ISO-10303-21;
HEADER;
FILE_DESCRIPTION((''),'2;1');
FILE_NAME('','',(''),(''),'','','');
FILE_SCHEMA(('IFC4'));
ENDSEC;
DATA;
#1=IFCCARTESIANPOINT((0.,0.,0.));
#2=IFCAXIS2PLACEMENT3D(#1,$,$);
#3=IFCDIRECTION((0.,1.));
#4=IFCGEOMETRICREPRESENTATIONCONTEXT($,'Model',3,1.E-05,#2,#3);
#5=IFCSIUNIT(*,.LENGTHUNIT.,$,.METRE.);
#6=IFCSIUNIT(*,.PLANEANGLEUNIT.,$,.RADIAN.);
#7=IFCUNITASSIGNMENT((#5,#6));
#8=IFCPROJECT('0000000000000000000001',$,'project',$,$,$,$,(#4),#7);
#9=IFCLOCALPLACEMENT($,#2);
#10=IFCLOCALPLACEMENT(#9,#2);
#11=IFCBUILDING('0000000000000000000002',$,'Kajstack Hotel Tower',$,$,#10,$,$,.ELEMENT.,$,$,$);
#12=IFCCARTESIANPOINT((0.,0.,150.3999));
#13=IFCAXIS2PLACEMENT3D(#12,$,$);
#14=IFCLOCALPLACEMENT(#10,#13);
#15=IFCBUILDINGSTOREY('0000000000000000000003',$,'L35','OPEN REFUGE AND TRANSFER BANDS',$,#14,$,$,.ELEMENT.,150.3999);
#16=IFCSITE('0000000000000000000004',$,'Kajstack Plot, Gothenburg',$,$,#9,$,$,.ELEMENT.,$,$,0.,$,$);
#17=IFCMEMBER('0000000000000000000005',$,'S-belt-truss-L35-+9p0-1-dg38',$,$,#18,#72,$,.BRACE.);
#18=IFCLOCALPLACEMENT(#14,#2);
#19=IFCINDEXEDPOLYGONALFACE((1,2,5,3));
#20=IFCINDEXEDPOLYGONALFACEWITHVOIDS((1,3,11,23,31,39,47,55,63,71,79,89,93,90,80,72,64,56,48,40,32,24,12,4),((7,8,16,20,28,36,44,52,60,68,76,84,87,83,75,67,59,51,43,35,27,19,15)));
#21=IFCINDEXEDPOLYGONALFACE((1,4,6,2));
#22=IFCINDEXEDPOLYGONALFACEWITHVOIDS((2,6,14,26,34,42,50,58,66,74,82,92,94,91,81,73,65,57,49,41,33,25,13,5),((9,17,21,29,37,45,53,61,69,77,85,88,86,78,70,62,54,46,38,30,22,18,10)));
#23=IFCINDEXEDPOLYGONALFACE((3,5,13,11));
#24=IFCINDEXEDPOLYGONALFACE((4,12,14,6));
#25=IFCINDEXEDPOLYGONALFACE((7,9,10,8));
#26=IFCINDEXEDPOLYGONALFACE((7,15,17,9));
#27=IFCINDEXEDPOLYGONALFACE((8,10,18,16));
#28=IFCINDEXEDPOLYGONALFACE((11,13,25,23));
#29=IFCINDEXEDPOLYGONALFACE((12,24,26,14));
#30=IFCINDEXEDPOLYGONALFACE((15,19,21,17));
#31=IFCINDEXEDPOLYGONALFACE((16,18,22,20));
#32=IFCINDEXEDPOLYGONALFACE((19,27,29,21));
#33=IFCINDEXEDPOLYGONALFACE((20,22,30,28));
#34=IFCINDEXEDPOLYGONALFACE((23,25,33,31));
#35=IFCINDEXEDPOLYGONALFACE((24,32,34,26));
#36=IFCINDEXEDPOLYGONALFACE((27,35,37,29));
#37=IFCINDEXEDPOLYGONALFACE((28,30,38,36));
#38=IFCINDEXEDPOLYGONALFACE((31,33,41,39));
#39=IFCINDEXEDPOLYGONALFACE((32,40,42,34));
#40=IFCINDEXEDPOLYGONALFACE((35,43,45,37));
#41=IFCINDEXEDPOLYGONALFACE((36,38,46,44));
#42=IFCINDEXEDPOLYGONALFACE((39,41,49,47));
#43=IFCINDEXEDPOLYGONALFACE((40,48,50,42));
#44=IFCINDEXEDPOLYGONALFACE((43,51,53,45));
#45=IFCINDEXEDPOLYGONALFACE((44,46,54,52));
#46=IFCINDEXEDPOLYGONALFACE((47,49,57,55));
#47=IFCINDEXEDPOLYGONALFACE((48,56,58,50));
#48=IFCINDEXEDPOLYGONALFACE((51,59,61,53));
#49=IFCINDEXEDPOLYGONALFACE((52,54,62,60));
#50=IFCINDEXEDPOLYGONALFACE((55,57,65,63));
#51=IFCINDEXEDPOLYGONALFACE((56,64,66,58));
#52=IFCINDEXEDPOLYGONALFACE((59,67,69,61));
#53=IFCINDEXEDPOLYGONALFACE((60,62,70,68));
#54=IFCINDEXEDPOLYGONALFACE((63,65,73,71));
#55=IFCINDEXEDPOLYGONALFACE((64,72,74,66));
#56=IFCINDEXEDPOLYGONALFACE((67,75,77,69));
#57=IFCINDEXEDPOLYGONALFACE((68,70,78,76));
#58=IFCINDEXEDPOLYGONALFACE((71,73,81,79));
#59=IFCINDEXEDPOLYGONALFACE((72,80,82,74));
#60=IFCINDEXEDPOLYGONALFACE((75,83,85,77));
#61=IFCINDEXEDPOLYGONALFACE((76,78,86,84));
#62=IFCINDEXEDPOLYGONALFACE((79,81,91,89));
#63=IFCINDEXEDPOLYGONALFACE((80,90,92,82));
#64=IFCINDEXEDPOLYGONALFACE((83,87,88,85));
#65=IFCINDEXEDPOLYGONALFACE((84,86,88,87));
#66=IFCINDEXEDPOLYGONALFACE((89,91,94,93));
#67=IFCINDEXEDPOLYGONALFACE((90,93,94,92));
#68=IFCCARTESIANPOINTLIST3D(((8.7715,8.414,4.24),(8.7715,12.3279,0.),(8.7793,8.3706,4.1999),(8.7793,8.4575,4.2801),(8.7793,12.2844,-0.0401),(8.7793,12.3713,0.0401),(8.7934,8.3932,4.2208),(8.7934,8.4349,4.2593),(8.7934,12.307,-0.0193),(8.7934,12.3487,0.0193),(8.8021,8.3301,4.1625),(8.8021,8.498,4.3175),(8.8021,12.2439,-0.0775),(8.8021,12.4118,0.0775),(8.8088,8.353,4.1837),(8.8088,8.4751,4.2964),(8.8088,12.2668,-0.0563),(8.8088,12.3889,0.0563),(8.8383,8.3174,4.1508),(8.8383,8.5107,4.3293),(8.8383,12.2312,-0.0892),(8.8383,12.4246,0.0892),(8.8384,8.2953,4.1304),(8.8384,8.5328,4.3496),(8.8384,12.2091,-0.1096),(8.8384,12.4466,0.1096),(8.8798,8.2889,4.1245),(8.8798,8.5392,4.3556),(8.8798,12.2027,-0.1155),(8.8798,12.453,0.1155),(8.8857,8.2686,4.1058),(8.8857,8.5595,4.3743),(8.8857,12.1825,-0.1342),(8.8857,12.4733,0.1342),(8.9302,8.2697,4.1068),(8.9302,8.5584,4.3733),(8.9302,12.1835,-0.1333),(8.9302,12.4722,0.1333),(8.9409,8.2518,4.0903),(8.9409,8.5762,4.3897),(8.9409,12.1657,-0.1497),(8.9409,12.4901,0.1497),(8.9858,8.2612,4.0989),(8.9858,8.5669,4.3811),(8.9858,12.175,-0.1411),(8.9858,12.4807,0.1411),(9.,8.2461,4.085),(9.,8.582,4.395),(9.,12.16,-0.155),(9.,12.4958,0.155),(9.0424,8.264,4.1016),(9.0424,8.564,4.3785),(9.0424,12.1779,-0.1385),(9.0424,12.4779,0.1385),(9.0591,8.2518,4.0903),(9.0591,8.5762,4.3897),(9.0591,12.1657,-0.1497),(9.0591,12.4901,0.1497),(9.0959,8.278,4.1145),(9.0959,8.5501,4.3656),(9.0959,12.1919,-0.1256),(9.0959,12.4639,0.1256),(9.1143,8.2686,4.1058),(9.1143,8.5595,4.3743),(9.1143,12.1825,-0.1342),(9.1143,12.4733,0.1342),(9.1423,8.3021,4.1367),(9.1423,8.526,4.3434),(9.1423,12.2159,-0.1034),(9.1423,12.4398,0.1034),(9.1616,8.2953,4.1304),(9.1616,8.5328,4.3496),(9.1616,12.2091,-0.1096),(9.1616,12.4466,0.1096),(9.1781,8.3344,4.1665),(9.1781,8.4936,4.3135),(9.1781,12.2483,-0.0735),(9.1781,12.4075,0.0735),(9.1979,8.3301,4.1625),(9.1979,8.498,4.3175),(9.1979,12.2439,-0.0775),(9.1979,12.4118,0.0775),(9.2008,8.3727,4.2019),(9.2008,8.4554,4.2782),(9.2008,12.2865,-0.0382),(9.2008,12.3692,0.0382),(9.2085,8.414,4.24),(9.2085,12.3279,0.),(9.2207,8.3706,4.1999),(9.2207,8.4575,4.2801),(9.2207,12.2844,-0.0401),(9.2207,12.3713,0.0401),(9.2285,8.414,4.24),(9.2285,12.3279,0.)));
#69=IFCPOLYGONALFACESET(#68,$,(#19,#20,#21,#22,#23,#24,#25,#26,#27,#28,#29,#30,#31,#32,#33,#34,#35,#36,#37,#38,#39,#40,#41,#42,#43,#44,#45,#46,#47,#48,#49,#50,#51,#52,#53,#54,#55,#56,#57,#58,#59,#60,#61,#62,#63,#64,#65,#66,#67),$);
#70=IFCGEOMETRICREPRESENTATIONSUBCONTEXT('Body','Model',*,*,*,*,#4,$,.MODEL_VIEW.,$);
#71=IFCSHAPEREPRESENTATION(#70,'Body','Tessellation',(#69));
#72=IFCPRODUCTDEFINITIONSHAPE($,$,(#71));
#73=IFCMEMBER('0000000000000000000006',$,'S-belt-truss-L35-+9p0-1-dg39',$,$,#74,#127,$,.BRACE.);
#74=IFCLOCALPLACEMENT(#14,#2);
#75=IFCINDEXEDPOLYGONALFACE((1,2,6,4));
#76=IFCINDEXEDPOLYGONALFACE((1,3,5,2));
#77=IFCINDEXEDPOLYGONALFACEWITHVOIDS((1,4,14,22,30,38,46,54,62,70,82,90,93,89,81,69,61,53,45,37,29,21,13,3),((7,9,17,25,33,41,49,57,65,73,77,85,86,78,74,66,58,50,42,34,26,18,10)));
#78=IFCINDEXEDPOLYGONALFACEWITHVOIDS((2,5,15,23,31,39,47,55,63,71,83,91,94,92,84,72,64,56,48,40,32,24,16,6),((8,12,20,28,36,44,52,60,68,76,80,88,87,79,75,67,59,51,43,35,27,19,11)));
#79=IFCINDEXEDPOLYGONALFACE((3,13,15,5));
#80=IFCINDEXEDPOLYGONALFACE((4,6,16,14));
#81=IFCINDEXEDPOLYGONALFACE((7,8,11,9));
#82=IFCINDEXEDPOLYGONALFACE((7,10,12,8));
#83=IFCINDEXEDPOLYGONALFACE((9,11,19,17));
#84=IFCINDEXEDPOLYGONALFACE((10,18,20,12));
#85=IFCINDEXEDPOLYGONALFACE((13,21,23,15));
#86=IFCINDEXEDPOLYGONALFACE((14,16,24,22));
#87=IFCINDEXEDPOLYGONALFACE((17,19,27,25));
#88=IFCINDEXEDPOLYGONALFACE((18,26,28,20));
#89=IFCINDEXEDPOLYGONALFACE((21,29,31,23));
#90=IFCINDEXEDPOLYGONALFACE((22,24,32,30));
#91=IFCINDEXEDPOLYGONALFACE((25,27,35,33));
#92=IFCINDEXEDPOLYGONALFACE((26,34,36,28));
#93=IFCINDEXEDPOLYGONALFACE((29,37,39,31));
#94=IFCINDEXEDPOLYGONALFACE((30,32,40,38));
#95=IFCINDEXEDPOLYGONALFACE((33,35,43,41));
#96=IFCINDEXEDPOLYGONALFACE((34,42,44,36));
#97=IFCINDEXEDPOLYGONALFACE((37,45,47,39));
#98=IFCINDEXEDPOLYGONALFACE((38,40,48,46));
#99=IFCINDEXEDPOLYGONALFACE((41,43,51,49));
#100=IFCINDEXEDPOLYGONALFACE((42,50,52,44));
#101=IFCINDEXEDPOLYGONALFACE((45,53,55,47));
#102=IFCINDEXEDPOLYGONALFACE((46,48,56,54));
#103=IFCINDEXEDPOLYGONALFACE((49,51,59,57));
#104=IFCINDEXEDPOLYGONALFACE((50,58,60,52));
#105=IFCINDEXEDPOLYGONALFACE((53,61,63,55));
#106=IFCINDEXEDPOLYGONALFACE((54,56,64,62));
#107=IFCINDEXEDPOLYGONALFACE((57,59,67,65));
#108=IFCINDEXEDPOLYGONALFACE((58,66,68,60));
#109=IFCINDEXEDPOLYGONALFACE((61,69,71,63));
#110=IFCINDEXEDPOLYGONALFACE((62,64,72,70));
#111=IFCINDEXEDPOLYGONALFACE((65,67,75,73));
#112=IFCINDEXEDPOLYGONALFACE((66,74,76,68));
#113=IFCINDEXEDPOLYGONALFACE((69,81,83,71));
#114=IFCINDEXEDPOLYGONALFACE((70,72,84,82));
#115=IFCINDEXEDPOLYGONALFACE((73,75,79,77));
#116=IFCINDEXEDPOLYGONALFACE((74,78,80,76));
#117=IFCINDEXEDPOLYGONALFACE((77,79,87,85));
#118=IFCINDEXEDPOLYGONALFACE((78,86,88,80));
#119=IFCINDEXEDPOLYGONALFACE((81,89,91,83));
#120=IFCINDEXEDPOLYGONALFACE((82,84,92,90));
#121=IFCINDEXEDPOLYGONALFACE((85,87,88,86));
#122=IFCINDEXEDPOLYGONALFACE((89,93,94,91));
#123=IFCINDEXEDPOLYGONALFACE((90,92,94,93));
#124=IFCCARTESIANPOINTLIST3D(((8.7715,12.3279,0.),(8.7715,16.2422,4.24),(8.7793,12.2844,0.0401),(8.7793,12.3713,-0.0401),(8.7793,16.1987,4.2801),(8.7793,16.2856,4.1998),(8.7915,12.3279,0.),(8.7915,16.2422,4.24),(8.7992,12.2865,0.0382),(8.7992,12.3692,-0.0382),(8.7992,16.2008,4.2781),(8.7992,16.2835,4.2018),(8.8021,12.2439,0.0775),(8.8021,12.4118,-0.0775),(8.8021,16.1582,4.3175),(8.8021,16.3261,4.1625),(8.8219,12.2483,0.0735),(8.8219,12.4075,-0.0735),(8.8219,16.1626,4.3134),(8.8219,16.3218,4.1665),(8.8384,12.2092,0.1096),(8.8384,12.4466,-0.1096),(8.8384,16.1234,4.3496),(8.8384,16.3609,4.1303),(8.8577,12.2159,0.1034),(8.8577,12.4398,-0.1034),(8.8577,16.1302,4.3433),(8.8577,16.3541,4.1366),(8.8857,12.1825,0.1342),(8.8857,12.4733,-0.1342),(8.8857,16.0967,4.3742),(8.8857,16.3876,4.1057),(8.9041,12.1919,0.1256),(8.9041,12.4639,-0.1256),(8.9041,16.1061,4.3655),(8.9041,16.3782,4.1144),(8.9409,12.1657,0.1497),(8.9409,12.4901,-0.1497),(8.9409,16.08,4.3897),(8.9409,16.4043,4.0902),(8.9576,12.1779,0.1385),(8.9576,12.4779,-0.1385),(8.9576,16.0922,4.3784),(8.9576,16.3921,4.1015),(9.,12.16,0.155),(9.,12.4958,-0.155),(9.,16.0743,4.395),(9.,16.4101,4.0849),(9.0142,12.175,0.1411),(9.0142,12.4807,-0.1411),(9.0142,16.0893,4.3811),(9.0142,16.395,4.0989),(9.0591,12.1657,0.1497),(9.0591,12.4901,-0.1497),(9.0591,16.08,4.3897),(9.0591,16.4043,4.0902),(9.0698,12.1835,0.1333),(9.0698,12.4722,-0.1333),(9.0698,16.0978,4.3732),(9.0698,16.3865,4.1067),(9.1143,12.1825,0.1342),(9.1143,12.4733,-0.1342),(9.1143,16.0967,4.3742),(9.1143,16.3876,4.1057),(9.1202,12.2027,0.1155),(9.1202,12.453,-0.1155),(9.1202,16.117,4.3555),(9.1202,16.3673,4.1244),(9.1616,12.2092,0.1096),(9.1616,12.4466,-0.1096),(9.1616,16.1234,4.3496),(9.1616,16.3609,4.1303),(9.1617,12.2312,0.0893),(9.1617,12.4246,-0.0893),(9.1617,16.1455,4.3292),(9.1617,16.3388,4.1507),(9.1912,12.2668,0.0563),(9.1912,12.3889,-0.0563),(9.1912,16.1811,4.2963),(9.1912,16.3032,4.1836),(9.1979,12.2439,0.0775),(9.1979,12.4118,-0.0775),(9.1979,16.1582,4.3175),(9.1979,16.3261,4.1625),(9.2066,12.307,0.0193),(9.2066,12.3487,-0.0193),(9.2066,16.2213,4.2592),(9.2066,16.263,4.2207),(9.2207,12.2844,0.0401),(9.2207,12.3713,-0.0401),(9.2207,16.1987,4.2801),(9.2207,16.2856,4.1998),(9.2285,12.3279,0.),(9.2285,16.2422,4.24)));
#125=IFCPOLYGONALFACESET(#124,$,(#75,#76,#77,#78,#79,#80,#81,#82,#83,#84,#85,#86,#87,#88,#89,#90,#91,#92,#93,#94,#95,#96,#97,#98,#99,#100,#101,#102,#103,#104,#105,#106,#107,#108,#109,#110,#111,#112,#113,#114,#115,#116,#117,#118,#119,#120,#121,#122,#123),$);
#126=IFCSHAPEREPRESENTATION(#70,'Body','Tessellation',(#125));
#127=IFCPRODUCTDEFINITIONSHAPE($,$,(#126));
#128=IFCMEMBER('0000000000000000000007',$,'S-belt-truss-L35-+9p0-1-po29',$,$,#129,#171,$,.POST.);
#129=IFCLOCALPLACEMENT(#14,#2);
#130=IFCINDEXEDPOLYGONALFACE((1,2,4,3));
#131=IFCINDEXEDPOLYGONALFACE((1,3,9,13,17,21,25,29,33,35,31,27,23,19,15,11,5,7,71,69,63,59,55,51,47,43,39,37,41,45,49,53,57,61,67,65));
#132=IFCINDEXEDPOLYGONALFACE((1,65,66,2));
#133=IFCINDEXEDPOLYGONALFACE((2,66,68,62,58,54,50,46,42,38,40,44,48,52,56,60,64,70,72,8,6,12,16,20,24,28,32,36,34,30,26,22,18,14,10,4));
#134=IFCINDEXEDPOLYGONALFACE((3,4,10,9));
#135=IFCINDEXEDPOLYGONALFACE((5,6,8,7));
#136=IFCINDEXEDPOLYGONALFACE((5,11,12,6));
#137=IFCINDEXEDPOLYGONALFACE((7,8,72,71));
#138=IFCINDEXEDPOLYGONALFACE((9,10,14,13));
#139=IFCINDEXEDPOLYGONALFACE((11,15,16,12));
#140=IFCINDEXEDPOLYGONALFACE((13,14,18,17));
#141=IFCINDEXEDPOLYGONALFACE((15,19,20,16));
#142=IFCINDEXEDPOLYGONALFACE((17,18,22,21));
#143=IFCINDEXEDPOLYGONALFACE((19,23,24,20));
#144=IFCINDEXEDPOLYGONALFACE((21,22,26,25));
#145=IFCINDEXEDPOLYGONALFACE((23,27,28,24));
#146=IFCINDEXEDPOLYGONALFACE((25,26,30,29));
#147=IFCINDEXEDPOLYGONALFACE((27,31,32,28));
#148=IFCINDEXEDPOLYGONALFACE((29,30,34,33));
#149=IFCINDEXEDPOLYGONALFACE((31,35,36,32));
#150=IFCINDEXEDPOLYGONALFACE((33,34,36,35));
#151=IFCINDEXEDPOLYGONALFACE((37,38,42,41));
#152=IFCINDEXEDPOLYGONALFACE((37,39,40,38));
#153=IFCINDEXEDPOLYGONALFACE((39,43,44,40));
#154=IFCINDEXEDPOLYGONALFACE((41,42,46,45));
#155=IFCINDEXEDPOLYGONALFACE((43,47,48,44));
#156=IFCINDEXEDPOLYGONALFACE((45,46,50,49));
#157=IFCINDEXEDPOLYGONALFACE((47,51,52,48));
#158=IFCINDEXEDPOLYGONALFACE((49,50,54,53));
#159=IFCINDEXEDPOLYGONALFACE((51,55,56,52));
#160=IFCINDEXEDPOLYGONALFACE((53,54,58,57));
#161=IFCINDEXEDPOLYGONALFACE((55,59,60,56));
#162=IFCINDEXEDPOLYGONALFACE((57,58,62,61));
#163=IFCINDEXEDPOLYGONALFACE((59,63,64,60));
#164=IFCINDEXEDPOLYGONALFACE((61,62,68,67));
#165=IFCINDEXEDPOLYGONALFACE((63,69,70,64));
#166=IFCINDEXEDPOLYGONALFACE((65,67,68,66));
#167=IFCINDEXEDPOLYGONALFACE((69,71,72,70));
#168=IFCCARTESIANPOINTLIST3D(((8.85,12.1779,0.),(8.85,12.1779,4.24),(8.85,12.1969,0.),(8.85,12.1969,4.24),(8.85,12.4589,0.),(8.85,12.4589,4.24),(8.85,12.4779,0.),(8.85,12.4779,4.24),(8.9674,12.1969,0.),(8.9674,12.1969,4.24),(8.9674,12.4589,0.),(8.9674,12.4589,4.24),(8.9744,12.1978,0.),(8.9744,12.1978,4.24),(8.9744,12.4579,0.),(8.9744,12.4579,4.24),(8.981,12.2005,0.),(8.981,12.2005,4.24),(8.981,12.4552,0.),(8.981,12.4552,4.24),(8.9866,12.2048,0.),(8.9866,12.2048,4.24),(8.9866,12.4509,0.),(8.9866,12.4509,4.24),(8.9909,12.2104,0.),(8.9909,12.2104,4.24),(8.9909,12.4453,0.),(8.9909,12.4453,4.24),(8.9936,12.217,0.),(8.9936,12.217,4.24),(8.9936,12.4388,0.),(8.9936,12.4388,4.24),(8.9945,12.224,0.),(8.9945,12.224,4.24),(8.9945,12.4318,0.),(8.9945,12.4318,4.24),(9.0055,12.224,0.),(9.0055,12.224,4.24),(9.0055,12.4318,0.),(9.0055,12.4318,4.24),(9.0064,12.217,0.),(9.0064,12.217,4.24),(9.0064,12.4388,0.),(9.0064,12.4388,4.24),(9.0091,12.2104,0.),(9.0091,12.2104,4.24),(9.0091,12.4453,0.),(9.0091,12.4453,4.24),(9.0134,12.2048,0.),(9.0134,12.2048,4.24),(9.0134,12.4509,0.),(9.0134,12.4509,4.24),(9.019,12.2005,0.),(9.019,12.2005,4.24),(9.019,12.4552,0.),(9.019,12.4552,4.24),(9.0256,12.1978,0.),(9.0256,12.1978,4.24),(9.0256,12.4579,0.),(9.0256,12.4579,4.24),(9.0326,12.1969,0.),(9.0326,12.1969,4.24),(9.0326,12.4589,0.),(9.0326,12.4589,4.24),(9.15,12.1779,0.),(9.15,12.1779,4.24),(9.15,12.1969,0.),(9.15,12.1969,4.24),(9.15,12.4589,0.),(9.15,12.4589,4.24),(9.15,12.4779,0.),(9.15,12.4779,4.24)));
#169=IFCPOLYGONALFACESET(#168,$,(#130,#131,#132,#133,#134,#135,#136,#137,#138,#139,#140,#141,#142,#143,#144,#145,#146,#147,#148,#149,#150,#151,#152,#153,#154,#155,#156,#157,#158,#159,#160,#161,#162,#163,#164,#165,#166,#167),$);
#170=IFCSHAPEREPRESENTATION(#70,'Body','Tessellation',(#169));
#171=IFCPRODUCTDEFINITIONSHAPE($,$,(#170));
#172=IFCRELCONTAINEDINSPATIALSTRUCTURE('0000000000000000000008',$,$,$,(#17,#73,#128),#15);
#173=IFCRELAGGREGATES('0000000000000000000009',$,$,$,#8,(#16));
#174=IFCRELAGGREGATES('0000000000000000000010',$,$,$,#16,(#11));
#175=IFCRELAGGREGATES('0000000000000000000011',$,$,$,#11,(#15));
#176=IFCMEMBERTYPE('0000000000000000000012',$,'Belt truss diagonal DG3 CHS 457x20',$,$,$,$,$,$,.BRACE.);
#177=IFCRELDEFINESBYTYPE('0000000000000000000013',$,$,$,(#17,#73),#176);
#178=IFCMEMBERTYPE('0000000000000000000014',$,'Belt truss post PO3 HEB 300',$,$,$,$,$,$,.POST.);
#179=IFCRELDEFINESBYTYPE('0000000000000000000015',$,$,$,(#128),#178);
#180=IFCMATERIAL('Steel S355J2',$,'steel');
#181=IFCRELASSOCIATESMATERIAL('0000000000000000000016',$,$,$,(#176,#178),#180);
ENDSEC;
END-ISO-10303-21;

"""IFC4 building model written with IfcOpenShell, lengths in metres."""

from ifc_helpers import new_model, si_unit, direction, frame, origin, origin_2d, place, context, subcontext, project, spatial, hollow_circle, i_section, extrude, material, material_profile, profile_set, type_object, element, save


model = new_model("IFC4")

# Units and contexts
model_context = context("Model", 3, precision=1e-05, world=origin(), true_north=direction((0.0, 1.0)))
body_context = subcontext(model_context, "Body", "Model", "MODEL_VIEW")
ifc_project = project(units=[si_unit("LENGTHUNIT", "METRE"), si_unit("PLANEANGLEUNIT", "RADIAN")], contexts=[model_context])

# Site, building, storey
site_placement = place(None, origin())
site = spatial("IfcSite", under=ifc_project, at=site_placement, Name="Kajstack Plot, Gothenburg", CompositionType="ELEMENT", RefElevation=0.0)
building_placement = place(site_placement, origin())
building = spatial("IfcBuilding", under=site, at=building_placement, Name="Kajstack Hotel Tower", CompositionType="ELEMENT")
storey_placement = place(building_placement, frame((0.0, 0.0, 150.3999)))
storey = spatial("IfcBuildingStorey", under=building, at=storey_placement, Name="L35", Description="OPEN REFUGE AND TRANSFER BANDS", CompositionType="ELEMENT", Elevation=150.3999)

# Members
ifc_material = material(Name="Steel S355J2", Category="steel")
ifc_material_profile_1 = material_profile(ifc_material, hollow_circle(Radius=0.2285, WallThickness=0.02, at=origin_2d()), Name="CHS 457x20")
ifc_profile_set_1 = profile_set([ifc_material_profile_1], Name="Steel S355J2")
member_type_1 = type_object("IfcMemberType", Name="Belt truss diagonal DG3 CHS 457x20", PredefinedType="BRACE", material=ifc_profile_set_1)
member_1_placement = place(storey_placement, frame((9.0, 12.3279, 0.0), z_axis=(0.0, -0.678278, 0.734805), x_axis=(1.0, 0.0, 0.0)))
element("IfcMember", 1, at=member_1_placement, inside=storey, type_object=member_type_1, Name="S-belt-truss-L35-+9p0-1-dg38", PredefinedType="BRACE", context=body_context, shape_type="SweptSolid", body=[
    extrude(hollow_circle(Radius=0.2285, WallThickness=0.02, at=origin_2d()), origin(), (0.0, 0.0, 1.0), 5.7703),
])
member_2_placement = place(storey_placement, frame((9.0, 12.3279, 0.0), z_axis=(0.0, 0.678324, 0.734763), x_axis=(-1.0, 0.0, 0.0)))
element("IfcMember", 2, at=member_2_placement, inside=storey, type_object=member_type_1, Name="S-belt-truss-L35-+9p0-1-dg39", PredefinedType="BRACE", context=body_context, shape_type="SweptSolid", body=[
    extrude(hollow_circle(Radius=0.2285, WallThickness=0.02, at=origin_2d()), origin(), (0.0, 0.0, 1.0), 5.7705),
])
ifc_material_profile_2 = material_profile(ifc_material, i_section(OverallWidth=0.3, OverallDepth=0.3, WebThickness=0.011, FlangeThickness=0.019, FilletRadius=0.0271, at=origin_2d()), Name="HEB 300")
ifc_profile_set_2 = profile_set([ifc_material_profile_2], Name="Steel S355J2")
member_type_2 = type_object("IfcMemberType", Name="Belt truss post PO3 HEB 300", PredefinedType="POST", material=ifc_profile_set_2)
for number, where, z_axis, x_axis, name in (
    (3, (9.0, 12.3279, 0.0), (0.0, 0.0, 1.0), (1.0, 0.0, 0.0), "S-belt-truss-L35-+9p0-1-po29"),
):
    element("IfcMember", number, at=place(storey_placement, frame(where, z_axis=z_axis, x_axis=x_axis)), inside=storey, type_object=member_type_2, Name=name, PredefinedType="POST", context=body_context, shape_type="SweptSolid", body=[
        extrude(i_section(OverallWidth=0.3, OverallDepth=0.3, WebThickness=0.011, FlangeThickness=0.019, FilletRadius=0.0271, at=origin_2d()), origin(), (0.0, 0.0, 1.0), 4.24),
    ])

save(model, "model.ifc")
